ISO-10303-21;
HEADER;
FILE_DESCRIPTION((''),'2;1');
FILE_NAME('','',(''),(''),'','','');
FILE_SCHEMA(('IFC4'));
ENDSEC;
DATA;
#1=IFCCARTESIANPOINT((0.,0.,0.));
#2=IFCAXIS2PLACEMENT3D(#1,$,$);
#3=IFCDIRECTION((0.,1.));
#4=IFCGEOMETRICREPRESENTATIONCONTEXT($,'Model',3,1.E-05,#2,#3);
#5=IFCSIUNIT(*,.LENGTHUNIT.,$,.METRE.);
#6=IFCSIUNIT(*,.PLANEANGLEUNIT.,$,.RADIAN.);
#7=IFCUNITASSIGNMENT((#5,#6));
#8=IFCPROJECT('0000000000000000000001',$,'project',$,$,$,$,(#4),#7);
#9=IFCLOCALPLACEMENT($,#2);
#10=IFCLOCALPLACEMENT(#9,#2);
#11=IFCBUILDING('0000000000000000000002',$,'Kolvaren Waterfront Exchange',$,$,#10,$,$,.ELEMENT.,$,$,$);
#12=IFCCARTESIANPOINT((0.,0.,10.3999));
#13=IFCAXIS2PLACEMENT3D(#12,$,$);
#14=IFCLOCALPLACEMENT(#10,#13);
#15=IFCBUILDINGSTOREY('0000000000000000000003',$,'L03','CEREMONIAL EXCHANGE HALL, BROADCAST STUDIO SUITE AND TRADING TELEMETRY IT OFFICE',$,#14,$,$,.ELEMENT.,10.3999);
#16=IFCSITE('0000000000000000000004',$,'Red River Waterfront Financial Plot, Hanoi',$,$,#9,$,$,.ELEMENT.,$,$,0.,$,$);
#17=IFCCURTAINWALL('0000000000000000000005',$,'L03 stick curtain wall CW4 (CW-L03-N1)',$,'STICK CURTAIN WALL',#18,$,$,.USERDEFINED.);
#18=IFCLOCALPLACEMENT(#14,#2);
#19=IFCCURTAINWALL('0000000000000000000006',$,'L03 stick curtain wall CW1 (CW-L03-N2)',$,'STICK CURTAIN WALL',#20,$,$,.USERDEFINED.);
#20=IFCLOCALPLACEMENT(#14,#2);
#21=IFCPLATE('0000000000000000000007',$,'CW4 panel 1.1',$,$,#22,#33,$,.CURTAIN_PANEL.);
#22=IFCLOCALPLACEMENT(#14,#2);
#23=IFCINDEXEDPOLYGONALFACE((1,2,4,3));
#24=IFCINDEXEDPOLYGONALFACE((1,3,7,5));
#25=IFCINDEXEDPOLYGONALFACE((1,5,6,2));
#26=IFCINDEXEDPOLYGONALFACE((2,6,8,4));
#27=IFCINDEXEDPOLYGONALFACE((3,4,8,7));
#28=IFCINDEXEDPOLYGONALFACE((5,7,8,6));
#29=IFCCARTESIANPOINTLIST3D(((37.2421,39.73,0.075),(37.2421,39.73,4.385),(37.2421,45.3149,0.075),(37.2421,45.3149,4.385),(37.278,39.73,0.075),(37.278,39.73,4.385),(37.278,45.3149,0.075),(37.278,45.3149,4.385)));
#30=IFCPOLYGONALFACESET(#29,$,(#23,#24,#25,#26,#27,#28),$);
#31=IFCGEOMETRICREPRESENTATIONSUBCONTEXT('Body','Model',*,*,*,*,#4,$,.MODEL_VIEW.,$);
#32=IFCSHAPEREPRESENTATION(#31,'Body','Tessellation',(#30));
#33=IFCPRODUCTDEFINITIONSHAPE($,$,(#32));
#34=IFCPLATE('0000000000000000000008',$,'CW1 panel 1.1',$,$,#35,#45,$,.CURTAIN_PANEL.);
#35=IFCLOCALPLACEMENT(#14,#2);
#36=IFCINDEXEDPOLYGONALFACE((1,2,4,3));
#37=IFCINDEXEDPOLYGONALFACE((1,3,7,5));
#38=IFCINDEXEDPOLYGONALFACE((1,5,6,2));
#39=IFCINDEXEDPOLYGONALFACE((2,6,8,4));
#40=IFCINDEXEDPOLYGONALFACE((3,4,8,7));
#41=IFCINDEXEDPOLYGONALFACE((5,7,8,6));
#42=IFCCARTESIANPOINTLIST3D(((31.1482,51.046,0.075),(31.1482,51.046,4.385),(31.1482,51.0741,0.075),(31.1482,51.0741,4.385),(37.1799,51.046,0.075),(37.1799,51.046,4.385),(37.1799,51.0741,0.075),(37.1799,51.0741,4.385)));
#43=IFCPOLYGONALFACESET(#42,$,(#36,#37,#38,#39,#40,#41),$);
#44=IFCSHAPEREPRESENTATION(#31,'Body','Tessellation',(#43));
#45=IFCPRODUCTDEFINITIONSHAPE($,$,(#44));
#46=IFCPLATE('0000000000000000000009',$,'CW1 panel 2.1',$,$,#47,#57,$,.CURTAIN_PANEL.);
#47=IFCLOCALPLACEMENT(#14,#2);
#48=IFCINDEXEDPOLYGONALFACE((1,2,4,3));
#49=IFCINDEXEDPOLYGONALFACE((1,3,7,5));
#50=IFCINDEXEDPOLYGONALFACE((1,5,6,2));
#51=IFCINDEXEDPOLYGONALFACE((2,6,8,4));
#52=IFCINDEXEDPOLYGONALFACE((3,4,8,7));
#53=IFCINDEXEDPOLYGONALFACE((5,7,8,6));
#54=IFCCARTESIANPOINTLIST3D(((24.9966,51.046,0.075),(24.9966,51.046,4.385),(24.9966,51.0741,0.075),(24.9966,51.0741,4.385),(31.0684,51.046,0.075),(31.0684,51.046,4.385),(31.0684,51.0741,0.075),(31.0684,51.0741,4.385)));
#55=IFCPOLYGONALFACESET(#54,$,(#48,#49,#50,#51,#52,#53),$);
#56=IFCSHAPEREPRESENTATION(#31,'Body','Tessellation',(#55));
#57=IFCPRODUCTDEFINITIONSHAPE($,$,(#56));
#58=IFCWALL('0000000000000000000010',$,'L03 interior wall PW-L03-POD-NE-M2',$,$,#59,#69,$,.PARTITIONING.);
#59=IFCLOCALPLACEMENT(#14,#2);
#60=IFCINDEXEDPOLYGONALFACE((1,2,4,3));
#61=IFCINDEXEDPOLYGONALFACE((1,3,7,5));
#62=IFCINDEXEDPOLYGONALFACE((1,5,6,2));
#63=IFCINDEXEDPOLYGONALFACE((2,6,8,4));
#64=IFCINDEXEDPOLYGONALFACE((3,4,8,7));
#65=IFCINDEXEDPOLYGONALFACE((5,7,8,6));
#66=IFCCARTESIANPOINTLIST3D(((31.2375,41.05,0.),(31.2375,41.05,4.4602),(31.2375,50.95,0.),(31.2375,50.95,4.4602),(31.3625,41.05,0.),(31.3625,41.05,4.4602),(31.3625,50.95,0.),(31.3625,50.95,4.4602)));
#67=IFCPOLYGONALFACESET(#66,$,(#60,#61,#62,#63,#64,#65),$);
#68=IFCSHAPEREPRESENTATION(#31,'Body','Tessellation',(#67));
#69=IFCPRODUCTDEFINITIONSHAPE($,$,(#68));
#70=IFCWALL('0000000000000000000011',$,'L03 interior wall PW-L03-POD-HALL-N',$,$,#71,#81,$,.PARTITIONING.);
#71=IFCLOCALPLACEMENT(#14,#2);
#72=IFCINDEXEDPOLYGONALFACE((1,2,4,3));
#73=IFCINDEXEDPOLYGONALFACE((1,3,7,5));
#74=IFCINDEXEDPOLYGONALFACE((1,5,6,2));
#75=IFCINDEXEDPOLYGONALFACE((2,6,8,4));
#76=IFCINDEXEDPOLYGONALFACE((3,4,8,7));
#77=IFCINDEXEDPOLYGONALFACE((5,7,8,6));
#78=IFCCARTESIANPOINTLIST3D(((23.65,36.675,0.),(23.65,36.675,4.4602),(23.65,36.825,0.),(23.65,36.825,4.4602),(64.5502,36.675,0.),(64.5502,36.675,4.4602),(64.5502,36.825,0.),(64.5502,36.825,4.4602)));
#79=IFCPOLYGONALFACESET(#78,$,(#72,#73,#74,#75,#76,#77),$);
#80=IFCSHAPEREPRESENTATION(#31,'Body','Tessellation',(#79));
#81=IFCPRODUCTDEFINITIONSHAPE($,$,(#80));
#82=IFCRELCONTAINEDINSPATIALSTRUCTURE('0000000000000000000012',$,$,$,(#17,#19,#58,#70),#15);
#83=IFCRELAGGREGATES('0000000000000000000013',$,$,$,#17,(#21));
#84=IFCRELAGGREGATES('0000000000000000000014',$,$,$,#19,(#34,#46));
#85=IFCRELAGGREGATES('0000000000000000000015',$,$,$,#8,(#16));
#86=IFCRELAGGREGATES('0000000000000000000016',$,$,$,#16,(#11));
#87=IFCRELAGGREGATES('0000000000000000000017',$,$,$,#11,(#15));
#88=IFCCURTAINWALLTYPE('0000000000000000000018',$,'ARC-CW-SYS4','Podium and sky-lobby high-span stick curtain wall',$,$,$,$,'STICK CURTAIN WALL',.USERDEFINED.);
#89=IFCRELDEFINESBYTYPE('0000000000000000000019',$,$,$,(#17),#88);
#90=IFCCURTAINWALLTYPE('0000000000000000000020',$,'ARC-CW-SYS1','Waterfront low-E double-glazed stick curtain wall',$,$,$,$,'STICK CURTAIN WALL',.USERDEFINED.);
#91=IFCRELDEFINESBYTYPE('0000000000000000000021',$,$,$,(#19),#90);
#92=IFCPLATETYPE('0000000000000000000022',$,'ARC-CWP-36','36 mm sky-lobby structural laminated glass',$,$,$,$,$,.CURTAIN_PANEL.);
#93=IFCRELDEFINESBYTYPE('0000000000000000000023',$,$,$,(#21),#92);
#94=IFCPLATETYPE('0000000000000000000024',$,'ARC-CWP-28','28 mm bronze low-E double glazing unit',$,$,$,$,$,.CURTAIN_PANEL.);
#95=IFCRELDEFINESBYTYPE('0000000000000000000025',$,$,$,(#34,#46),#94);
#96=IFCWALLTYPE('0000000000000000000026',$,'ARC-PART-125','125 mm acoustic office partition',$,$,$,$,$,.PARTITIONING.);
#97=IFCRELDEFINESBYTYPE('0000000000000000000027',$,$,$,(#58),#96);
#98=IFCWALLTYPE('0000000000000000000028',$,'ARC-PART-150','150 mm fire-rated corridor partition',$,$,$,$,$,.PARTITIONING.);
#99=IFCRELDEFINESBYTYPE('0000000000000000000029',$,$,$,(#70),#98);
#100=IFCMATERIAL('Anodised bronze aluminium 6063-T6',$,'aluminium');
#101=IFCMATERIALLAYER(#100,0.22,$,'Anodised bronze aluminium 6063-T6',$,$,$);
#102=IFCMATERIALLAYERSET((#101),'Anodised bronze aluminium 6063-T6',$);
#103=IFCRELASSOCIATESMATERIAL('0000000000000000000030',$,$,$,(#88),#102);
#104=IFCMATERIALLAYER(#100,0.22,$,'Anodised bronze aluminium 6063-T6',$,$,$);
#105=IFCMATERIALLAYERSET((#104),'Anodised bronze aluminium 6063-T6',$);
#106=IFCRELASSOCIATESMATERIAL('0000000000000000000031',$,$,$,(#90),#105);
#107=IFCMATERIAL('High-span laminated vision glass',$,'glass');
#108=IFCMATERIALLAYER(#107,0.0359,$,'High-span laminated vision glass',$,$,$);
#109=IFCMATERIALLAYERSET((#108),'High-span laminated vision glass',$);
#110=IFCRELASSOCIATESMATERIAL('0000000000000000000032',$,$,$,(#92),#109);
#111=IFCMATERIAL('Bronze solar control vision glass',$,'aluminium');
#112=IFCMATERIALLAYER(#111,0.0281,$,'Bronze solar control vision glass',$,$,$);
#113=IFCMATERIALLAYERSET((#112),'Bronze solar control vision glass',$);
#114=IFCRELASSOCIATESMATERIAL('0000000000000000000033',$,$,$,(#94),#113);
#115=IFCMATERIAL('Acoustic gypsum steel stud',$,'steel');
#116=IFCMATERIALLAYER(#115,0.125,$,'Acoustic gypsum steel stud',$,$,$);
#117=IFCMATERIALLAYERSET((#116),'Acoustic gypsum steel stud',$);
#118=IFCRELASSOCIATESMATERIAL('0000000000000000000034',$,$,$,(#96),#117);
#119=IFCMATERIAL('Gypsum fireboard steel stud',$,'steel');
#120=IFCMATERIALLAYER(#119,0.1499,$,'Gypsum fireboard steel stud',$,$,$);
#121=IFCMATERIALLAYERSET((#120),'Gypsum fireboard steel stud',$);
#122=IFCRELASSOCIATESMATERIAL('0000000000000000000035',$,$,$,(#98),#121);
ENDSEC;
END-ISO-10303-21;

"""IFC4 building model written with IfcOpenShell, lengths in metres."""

from ifc_helpers import new_model, si_unit, direction, frame, frame_2d, origin, origin_with_axes, origin_2d, place, context, subcontext, project, spatial, rectangle, extrude, source, transform, mapped, material, layer, layer_set, type_object, element, aggregate, save


model = new_model("IFC4")

# Units and contexts
model_context = context("Model", 3, precision=1e-05, world=origin(), true_north=direction((0.0, 1.0)))
body_context = subcontext(model_context, "Body", "Model", "MODEL_VIEW")
ifc_project = project(units=[si_unit("LENGTHUNIT", "METRE"), si_unit("PLANEANGLEUNIT", "RADIAN")], contexts=[model_context])

# Site, building, storey
site_placement = place(None, origin())
site = spatial("IfcSite", under=ifc_project, at=site_placement, Name="Red River Waterfront Financial Plot, Hanoi", CompositionType="ELEMENT", RefElevation=0.0)
building_placement = place(site_placement, origin())
building = spatial("IfcBuilding", under=site, at=building_placement, Name="Kolvaren Waterfront Exchange", CompositionType="ELEMENT")
storey_placement = place(building_placement, frame((0.0, 0.0, 10.3999)))
storey = spatial("IfcBuildingStorey", under=building, at=storey_placement, Name="L03", Description="CEREMONIAL EXCHANGE HALL, BROADCAST STUDIO SUITE AND TRADING TELEMETRY IT OFFICE", CompositionType="ELEMENT", Elevation=10.3999)

# Curtain walls
ifc_material_1 = material(Name="Anodised bronze aluminium 6063-T6", Category="aluminium")
ifc_layer_1 = layer(ifc_material_1, 0.22, Name="Anodised bronze aluminium 6063-T6")
ifc_layer_set_1 = layer_set([ifc_layer_1], Name="Anodised bronze aluminium 6063-T6")
curtain_wall_type_1 = type_object("IfcCurtainWallType", Name="ARC-CW-SYS4", Description="Podium and sky-lobby high-span stick curtain wall", ElementType="STICK CURTAIN WALL", PredefinedType="USERDEFINED", material=ifc_layer_set_1)
curtain_wall_1_placement = place(storey_placement, origin())
curtain_wall_1 = element("IfcCurtainWall", 1, at=curtain_wall_1_placement, inside=storey, type_object=curtain_wall_type_1, Name="L03 stick curtain wall CW4 (CW-L03-N1)", ObjectType="STICK CURTAIN WALL", PredefinedType="USERDEFINED")
ifc_layer_2 = layer(ifc_material_1, 0.22, Name="Anodised bronze aluminium 6063-T6")
ifc_layer_set_2 = layer_set([ifc_layer_2], Name="Anodised bronze aluminium 6063-T6")
curtain_wall_type_2 = type_object("IfcCurtainWallType", Name="ARC-CW-SYS1", Description="Waterfront low-E double-glazed stick curtain wall", ElementType="STICK CURTAIN WALL", PredefinedType="USERDEFINED", material=ifc_layer_set_2)
curtain_wall_2_placement = place(storey_placement, origin())
curtain_wall_2 = element("IfcCurtainWall", 2, at=curtain_wall_2_placement, inside=storey, type_object=curtain_wall_type_2, Name="L03 stick curtain wall CW1 (CW-L03-N2)", ObjectType="STICK CURTAIN WALL", PredefinedType="USERDEFINED")

# Plates
ifc_material_2 = material(Name="High-span laminated vision glass", Category="glass")
ifc_layer_3 = layer(ifc_material_2, 0.0359, Name="High-span laminated vision glass")
ifc_layer_set_3 = layer_set([ifc_layer_3], Name="High-span laminated vision glass")
plate_type_1 = type_object("IfcPlateType", Name="ARC-CWP-36", Description="36 mm sky-lobby structural laminated glass", PredefinedType="CURTAIN_PANEL", material=ifc_layer_set_3)
shared_shape_1 = source(origin_with_axes(), body_context, "Body", "SweptSolid", [
    extrude(rectangle(XDim=5.585, YDim=0.0359, at=origin_2d()), origin(), (0.0, 0.0, 1.0), 4.3101),
])
plate_1_placement = place(storey_placement, frame((37.26, 42.5225, 0.075), z_axis=(0.0, 0.0, 1.0), x_axis=(0.0, 1.0, 0.0)))
plate_1 = element("IfcPlate", 3, at=plate_1_placement, type_object=plate_type_1, Name="CW4 panel 1.1", PredefinedType="CURTAIN_PANEL", context=body_context, shape_type="MappedRepresentation", body=[
    mapped(shared_shape_1, transform((0.0, 0.0, 0.0), x_axis=(1.0, 0.0, 0.0), y_axis=(0.0, 1.0, 0.0), z_axis=(0.0, 0.0, 1.0), scale=1.0)),
])
aggregate(curtain_wall_1, [plate_1])
ifc_material_3 = material(Name="Bronze solar control vision glass", Category="aluminium")
ifc_layer_4 = layer(ifc_material_3, 0.0281, Name="Bronze solar control vision glass")
ifc_layer_set_4 = layer_set([ifc_layer_4], Name="Bronze solar control vision glass")
plate_type_2 = type_object("IfcPlateType", Name="ARC-CWP-28", Description="28 mm bronze low-E double glazing unit", PredefinedType="CURTAIN_PANEL", material=ifc_layer_set_4)
shared_shape_2 = source(origin_with_axes(), body_context, "Body", "SweptSolid", [
    extrude(rectangle(XDim=6.0317, YDim=0.0281, at=origin_2d()), origin(), (0.0, 0.0, 1.0), 4.3101),
])
plate_2_placement = place(storey_placement, frame((34.1641, 51.0601, 0.075), z_axis=(0.0, 0.0, 1.0), x_axis=(-1.0, 0.0, 0.0)))
plate_2 = element("IfcPlate", 4, at=plate_2_placement, type_object=plate_type_2, Name="CW1 panel 1.1", PredefinedType="CURTAIN_PANEL", context=body_context, shape_type="MappedRepresentation", body=[
    mapped(shared_shape_2, transform((0.0, 0.0, 0.0), x_axis=(1.0, 0.0, 0.0), y_axis=(0.0, 1.0, 0.0), z_axis=(0.0, 0.0, 1.0), scale=1.0)),
])
shared_shape_3 = source(origin_with_axes(), body_context, "Body", "SweptSolid", [
    extrude(rectangle(XDim=6.0718, YDim=0.0281, at=origin_2d()), origin(), (0.0, 0.0, 1.0), 4.3101),
])
plate_3_placement = place(storey_placement, frame((28.0325, 51.0601, 0.075), z_axis=(0.0, 0.0, 1.0), x_axis=(-1.0, 0.0, 0.0)))
plate_3 = element("IfcPlate", 5, at=plate_3_placement, type_object=plate_type_2, Name="CW1 panel 2.1", PredefinedType="CURTAIN_PANEL", context=body_context, shape_type="MappedRepresentation", body=[
    mapped(shared_shape_3, transform((0.0, 0.0, 0.0), x_axis=(1.0, 0.0, 0.0), y_axis=(0.0, 1.0, 0.0), z_axis=(0.0, 0.0, 1.0), scale=1.0)),
])
aggregate(curtain_wall_2, [plate_2, plate_3])

# Walls
ifc_material_4 = material(Name="Acoustic gypsum steel stud", Category="steel")
ifc_layer_5 = layer(ifc_material_4, 0.125, Name="Acoustic gypsum steel stud")
ifc_layer_set_5 = layer_set([ifc_layer_5], Name="Acoustic gypsum steel stud")
wall_type_1 = type_object("IfcWallType", Name="ARC-PART-125", Description="125 mm acoustic office partition", PredefinedType="PARTITIONING", material=ifc_layer_set_5)
wall_1_placement = place(storey_placement, frame((31.3, 41.05, 0.0), z_axis=(0.0, 0.0, 1.0), x_axis=(0.0, 1.0, 0.0)))
element("IfcWall", 6, at=wall_1_placement, inside=storey, type_object=wall_type_1, Name="L03 interior wall PW-L03-POD-NE-M2", PredefinedType="PARTITIONING", context=body_context, shape_type="SweptSolid", body=[
    extrude(rectangle(XDim=9.8999, YDim=0.125, at=frame_2d((4.95, 0.0))), origin(), (0.0, 0.0, 1.0), 4.4602),
])
ifc_material_5 = material(Name="Gypsum fireboard steel stud", Category="steel")
ifc_layer_6 = layer(ifc_material_5, 0.1499, Name="Gypsum fireboard steel stud")
ifc_layer_set_6 = layer_set([ifc_layer_6], Name="Gypsum fireboard steel stud")
wall_type_2 = type_object("IfcWallType", Name="ARC-PART-150", Description="150 mm fire-rated corridor partition", PredefinedType="PARTITIONING", material=ifc_layer_set_6)
wall_2_placement = place(storey_placement, frame((23.6499, 36.75, 0.0), z_axis=(0.0, 0.0, 1.0), x_axis=(1.0, 0.0, 0.0)))
element("IfcWall", 7, at=wall_2_placement, inside=storey, type_object=wall_type_2, Name="L03 interior wall PW-L03-POD-HALL-N", PredefinedType="PARTITIONING", context=body_context, shape_type="SweptSolid", body=[
    extrude(rectangle(XDim=40.9001, YDim=0.1499, at=frame_2d((20.4502, 0.0))), origin(), (0.0, 0.0, 1.0), 4.4602),
])

save(model, "model.ifc")
